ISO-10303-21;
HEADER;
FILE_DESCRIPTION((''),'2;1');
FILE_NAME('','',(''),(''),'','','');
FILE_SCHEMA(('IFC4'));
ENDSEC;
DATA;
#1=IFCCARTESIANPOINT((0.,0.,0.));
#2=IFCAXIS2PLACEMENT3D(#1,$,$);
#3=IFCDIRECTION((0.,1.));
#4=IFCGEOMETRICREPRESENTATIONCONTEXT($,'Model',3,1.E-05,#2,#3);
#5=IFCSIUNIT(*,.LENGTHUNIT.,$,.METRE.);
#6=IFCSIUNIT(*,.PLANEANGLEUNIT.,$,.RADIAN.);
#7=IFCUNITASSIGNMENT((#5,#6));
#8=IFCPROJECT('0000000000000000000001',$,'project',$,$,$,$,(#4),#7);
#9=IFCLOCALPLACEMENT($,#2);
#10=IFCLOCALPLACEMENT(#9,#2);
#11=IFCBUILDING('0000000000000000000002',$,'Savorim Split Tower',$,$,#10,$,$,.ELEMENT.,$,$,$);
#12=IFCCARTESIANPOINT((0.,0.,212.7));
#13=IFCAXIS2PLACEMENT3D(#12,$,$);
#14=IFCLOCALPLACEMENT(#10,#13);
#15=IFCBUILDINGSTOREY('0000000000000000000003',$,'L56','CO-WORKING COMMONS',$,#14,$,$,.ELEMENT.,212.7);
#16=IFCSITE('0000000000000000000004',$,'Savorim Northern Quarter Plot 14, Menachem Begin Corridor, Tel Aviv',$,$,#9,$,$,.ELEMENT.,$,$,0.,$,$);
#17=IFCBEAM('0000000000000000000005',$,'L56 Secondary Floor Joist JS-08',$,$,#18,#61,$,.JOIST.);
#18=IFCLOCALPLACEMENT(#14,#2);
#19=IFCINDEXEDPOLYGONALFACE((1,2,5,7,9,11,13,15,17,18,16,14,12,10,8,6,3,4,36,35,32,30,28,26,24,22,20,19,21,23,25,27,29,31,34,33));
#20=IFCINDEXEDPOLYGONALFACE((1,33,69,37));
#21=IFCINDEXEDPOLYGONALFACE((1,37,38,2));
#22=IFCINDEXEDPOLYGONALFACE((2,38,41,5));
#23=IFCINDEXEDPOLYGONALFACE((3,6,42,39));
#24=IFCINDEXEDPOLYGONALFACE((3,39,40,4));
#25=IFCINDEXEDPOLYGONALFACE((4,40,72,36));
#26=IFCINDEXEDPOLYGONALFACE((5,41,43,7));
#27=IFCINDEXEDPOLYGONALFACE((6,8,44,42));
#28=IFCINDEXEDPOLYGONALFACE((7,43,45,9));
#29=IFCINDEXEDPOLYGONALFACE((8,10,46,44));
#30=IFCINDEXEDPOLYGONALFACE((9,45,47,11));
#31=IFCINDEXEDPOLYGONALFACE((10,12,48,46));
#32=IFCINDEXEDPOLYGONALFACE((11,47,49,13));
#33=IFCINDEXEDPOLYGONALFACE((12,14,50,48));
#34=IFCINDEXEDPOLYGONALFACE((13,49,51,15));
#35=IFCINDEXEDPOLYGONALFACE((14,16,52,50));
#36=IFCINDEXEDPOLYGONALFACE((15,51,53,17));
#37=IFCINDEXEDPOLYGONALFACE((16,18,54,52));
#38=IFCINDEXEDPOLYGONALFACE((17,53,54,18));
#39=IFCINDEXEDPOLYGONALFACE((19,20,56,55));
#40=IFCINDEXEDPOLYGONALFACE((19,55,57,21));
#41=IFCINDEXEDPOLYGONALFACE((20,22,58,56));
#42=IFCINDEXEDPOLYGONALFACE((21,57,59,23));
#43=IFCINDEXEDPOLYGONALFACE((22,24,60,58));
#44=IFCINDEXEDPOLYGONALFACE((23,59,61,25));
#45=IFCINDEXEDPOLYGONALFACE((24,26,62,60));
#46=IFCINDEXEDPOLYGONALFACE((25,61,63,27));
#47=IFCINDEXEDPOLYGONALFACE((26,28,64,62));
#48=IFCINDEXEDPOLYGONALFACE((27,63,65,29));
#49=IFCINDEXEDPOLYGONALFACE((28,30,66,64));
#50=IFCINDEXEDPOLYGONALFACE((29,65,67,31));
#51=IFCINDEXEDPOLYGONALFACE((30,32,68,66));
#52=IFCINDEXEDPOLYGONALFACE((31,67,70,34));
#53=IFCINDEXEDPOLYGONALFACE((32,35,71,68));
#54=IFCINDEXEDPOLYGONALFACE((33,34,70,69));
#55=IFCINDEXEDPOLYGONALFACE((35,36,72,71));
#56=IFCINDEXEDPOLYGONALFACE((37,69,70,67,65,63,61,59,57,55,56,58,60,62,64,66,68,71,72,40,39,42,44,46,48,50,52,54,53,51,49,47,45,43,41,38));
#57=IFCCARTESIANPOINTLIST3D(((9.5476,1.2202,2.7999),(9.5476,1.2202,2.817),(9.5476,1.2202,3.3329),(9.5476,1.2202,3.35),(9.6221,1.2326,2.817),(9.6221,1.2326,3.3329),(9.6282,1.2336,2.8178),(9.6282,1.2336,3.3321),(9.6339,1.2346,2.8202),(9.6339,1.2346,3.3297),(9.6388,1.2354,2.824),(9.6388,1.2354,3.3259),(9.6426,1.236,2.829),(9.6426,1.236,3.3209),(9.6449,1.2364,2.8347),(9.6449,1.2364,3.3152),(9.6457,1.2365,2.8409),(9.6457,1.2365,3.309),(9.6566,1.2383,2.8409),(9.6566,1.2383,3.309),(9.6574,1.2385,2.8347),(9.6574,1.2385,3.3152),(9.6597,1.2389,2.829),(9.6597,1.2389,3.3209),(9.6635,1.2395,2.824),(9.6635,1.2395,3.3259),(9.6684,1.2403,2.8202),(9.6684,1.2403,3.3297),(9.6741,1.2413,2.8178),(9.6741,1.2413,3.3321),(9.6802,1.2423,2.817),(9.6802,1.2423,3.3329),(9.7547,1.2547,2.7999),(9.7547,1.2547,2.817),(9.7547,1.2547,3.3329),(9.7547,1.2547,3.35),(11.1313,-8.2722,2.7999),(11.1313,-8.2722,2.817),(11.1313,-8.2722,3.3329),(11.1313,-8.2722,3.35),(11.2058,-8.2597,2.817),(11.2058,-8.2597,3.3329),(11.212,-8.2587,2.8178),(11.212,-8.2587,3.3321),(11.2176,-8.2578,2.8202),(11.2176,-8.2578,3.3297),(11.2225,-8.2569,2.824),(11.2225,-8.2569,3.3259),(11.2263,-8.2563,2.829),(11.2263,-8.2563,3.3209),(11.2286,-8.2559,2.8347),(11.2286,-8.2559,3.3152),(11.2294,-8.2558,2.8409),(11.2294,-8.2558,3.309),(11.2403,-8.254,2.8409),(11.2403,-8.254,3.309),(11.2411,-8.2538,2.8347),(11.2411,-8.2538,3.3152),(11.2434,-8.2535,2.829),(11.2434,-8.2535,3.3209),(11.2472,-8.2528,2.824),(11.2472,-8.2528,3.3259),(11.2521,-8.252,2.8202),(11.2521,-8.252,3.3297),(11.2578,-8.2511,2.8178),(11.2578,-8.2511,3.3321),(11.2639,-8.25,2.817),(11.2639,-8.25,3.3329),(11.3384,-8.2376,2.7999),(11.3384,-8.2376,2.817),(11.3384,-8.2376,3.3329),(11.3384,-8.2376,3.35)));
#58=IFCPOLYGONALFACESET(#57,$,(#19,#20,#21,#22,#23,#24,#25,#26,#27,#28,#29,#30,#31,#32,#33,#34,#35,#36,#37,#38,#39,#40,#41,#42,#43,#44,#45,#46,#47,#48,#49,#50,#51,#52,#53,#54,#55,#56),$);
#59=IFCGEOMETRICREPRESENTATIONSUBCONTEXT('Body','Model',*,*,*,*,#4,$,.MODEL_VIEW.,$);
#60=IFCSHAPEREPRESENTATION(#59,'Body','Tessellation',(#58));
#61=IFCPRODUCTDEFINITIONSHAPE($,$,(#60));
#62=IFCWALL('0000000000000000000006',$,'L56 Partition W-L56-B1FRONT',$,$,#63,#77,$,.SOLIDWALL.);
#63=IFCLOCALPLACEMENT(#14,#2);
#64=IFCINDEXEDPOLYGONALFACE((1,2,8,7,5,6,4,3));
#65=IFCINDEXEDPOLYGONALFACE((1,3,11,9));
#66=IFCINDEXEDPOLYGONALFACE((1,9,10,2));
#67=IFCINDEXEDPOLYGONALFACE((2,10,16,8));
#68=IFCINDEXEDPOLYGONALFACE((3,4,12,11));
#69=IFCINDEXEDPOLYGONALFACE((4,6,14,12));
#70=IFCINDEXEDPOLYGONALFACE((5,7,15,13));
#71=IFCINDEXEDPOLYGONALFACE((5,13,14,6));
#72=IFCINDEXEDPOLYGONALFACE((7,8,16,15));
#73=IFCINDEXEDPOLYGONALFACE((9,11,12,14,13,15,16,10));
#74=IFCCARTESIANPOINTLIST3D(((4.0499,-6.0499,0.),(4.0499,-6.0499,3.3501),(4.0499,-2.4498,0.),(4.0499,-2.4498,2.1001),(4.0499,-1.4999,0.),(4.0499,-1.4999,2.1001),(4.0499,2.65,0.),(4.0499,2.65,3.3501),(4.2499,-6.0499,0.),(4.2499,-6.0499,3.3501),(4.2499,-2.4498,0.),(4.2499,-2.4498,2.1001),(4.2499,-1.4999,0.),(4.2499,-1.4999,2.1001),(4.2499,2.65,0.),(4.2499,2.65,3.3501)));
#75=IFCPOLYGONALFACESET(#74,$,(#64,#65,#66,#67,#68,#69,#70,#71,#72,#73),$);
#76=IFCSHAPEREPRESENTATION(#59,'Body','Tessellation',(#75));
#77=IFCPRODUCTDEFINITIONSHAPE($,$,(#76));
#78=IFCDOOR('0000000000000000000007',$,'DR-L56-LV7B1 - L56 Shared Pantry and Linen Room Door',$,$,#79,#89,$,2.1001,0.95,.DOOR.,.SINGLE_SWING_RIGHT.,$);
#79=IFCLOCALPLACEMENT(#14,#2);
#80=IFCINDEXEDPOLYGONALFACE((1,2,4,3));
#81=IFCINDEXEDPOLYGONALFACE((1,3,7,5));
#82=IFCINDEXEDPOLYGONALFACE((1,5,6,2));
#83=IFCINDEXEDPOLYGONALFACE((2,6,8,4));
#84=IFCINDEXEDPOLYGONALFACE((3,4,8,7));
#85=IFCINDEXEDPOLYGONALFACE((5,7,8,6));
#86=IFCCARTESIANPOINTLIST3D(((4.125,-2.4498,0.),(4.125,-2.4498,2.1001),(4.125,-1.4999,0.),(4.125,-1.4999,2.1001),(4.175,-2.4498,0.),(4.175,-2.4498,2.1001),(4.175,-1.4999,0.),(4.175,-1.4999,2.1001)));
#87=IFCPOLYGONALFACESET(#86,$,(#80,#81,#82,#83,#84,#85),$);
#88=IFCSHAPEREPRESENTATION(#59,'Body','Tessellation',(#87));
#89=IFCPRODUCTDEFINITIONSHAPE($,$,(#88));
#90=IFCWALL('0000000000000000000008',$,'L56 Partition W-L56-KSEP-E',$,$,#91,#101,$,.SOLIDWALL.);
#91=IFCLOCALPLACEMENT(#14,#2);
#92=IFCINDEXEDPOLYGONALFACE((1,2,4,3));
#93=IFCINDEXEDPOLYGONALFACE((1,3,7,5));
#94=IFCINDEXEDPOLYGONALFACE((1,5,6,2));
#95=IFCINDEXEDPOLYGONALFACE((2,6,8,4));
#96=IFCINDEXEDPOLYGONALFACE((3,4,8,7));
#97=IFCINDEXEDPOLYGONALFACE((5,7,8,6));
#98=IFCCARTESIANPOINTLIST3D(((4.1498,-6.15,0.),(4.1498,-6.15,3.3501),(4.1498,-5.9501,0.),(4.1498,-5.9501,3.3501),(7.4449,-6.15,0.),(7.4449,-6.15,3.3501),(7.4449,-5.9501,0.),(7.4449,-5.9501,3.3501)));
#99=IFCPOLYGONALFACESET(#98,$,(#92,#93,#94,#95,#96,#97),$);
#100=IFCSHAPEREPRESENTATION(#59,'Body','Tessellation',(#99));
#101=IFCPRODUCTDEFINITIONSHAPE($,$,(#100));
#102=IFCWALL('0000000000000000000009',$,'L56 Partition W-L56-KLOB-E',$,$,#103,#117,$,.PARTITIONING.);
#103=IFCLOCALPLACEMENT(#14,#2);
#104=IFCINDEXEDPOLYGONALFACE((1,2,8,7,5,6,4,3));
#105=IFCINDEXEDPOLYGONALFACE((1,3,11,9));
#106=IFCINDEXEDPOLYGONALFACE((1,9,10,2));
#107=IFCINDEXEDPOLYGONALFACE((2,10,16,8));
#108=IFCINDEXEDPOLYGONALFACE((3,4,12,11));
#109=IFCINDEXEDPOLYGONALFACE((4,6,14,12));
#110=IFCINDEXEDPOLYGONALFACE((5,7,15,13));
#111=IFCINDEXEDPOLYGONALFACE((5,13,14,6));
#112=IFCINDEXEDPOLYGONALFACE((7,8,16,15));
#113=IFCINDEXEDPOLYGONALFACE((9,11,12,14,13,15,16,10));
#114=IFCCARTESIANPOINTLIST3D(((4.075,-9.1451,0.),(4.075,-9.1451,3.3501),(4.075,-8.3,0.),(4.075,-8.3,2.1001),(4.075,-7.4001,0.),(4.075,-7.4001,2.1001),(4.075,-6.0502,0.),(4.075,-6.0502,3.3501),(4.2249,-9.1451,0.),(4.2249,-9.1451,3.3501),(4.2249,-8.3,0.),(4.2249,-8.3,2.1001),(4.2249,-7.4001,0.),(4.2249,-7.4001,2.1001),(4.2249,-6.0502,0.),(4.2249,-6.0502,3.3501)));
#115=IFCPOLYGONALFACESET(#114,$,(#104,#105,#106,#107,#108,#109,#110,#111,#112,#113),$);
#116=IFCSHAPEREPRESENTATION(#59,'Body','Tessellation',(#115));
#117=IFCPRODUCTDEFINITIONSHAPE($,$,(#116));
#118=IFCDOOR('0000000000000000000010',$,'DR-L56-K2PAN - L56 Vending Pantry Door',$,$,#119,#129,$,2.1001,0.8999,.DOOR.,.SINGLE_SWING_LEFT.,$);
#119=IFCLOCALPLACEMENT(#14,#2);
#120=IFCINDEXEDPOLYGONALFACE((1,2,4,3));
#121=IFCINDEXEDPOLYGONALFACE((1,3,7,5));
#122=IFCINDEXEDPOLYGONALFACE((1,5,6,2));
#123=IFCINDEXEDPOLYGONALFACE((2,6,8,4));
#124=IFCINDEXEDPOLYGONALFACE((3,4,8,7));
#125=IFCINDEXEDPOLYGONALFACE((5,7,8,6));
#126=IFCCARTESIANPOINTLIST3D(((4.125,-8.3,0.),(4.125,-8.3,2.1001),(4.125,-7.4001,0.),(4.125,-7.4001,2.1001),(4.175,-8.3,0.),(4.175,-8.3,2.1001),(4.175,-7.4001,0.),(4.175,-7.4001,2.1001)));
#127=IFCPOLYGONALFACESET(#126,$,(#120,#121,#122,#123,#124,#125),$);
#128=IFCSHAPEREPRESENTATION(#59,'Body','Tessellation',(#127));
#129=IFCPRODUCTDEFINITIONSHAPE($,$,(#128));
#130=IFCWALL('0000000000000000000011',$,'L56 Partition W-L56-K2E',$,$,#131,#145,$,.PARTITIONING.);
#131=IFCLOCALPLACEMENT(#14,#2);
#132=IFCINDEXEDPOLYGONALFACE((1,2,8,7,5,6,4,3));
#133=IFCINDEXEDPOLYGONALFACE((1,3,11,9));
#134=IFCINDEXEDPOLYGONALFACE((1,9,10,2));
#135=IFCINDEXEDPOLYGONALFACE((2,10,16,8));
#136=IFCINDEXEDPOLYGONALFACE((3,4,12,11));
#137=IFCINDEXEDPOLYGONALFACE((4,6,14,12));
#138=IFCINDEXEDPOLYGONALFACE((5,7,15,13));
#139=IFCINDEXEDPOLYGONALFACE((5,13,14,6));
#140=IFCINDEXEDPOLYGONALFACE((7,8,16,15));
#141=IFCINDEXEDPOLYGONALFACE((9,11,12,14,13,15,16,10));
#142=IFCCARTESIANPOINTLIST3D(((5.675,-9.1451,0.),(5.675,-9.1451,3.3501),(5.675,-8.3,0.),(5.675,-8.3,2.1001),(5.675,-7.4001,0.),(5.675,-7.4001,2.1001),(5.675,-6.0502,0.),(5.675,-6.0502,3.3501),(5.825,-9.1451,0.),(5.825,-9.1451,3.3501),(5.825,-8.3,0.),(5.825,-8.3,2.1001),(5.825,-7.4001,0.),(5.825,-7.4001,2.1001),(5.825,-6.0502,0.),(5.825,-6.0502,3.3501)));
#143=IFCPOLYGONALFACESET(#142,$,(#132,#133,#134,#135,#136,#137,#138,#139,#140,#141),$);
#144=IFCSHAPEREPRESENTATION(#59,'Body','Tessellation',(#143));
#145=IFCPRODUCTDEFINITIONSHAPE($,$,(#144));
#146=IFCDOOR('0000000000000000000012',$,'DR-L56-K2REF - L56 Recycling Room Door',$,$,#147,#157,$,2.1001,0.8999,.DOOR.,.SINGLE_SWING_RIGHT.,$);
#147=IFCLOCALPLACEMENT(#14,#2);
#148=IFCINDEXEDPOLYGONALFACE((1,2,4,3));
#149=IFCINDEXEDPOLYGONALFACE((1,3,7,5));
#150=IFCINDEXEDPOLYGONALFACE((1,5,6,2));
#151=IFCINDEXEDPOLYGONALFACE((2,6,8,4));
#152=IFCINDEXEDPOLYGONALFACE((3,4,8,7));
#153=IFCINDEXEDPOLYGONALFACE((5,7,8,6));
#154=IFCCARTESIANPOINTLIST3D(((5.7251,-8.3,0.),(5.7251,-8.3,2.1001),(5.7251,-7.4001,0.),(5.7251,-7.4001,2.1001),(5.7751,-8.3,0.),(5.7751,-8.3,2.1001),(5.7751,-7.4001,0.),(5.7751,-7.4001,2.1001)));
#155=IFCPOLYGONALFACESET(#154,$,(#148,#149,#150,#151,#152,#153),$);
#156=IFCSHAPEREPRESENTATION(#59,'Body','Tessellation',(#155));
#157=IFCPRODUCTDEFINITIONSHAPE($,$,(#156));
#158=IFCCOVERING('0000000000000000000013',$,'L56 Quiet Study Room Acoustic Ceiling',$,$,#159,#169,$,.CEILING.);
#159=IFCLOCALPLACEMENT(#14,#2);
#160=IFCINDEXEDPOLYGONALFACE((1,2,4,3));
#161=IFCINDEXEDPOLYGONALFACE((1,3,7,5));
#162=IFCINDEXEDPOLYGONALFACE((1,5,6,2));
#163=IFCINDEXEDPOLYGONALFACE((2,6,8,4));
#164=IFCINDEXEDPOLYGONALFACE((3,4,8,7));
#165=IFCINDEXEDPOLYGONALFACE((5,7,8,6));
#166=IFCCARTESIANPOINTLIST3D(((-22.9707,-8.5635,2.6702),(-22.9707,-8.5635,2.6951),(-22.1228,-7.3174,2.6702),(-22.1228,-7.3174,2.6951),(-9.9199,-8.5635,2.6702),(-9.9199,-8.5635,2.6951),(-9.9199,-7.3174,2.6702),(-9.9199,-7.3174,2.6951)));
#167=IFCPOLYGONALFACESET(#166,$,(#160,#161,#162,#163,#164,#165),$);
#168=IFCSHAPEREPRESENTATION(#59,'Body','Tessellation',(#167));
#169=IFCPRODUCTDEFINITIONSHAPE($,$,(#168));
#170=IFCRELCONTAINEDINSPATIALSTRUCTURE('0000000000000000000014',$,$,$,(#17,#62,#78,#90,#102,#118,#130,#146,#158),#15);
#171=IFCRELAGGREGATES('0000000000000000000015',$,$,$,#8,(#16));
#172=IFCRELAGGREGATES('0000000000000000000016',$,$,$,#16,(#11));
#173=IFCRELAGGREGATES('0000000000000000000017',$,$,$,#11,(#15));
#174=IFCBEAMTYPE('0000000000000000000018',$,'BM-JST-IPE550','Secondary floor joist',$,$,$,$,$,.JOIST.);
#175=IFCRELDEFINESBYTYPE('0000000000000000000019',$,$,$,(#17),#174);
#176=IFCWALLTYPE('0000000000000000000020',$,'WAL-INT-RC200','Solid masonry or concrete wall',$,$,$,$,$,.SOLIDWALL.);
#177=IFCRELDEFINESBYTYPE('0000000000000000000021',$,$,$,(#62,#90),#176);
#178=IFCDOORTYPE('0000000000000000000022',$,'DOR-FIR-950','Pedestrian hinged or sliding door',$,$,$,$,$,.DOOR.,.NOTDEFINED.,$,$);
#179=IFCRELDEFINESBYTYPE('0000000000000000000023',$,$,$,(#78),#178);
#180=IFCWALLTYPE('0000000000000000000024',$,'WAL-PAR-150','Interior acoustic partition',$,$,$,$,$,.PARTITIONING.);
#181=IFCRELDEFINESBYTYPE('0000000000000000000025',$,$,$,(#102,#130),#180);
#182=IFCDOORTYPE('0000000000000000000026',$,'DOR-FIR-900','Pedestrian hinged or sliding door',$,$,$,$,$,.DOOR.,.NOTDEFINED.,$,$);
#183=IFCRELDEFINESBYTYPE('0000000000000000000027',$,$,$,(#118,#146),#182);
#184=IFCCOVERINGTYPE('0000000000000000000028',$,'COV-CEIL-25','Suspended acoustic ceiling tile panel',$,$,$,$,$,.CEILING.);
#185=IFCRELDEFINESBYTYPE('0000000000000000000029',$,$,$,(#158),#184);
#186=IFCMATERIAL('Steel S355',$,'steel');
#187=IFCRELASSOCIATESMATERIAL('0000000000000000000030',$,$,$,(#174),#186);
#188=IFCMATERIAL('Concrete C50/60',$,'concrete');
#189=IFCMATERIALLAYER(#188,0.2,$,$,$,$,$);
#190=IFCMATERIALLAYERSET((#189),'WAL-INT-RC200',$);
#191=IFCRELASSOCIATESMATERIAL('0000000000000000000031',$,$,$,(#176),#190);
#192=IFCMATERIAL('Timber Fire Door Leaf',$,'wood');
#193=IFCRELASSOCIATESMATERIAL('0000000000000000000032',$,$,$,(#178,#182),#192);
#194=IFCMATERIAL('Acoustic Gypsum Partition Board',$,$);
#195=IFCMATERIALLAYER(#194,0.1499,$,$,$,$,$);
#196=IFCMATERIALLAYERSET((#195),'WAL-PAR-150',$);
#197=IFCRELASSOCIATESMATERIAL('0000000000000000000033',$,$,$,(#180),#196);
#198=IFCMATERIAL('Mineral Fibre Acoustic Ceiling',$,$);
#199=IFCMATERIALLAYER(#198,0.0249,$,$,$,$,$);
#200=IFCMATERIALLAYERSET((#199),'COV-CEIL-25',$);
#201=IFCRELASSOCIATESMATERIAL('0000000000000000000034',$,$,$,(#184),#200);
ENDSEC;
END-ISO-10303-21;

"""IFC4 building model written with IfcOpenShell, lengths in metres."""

from ifc_helpers import new_model, si_unit, direction, frame, frame_2d, origin, origin_2d, place, context, subcontext, project, spatial, polyline, rectangle, i_section, outline, extrude, material, layer, layer_set, material_profile, profile_set, type_object, element, fill, save


model = new_model("IFC4")

# Units and contexts
model_context = context("Model", 3, precision=1e-05, world=origin(), true_north=direction((0.0, 1.0)))
body_context = subcontext(model_context, "Body", "Model", "MODEL_VIEW")
ifc_project = project(units=[si_unit("LENGTHUNIT", "METRE"), si_unit("PLANEANGLEUNIT", "RADIAN")], contexts=[model_context])

# Site, building, storey
site_placement = place(None, origin())
site = spatial("IfcSite", under=ifc_project, at=site_placement, Name="Savorim Northern Quarter Plot 14, Menachem Begin Corridor, Tel Aviv", CompositionType="ELEMENT", RefElevation=0.0)
building_placement = place(site_placement, origin())
building = spatial("IfcBuilding", under=site, at=building_placement, Name="Savorim Split Tower", CompositionType="ELEMENT")
storey_placement = place(building_placement, frame((0.0, 0.0, 212.7)))
storey = spatial("IfcBuildingStorey", under=building, at=storey_placement, Name="L56", Description="CO-WORKING COMMONS", CompositionType="ELEMENT", Elevation=212.7)

# Beam
ifc_material_1 = material(Name="Steel S355", Category="steel")
ifc_material_profile = material_profile(ifc_material_1, i_section(OverallWidth=0.21, OverallDepth=0.55, WebThickness=0.011, FlangeThickness=0.0171, FilletRadius=0.0239, at=origin_2d()), Name="IPE 550")
ifc_profile_set = profile_set([ifc_material_profile], Name="Steel S355")
beam_type = type_object("IfcBeamType", Name="BM-JST-IPE550", Description="Secondary floor joist", PredefinedType="JOIST", material=ifc_profile_set)
beam_placement = place(storey_placement, frame((11.2349, -8.2549, 3.075), z_axis=(-0.164568, 0.986366, 0.0), x_axis=(-0.986366, -0.164568, 0.0)))
element("IfcBeam", 1, at=beam_placement, inside=storey, type_object=beam_type, Name="L56 Secondary Floor Joist JS-08", PredefinedType="JOIST", context=body_context, shape_type="SweptSolid", body=[
    extrude(i_section(OverallWidth=0.21, OverallDepth=0.55, WebThickness=0.011, FlangeThickness=0.0171, FilletRadius=0.0239, at=origin_2d()), origin(), (0.0, 0.0, 1.0), 9.6235),
])

# Wall, opening, door
ifc_material_2 = material(Name="Concrete C50/60", Category="concrete")
ifc_layer_1 = layer(ifc_material_2, 0.2)
ifc_layer_set_1 = layer_set([ifc_layer_1], Name="WAL-INT-RC200")
wall_type_1 = type_object("IfcWallType", Name="WAL-INT-RC200", Description="Solid masonry or concrete wall", PredefinedType="SOLIDWALL", material=ifc_layer_set_1)
wall_1_placement = place(storey_placement, frame((4.1499, -6.05, 0.0), z_axis=(0.0, 0.0, 1.0), x_axis=(0.0, 1.0, 0.0)))
wall_1 = element("IfcWall", 2, at=wall_1_placement, inside=storey, type_object=wall_type_1, Name="L56 Partition W-L56-B1FRONT", PredefinedType="SOLIDWALL", context=body_context, shape_type="SweptSolid", body=[
    extrude(rectangle(XDim=8.7, YDim=0.2, at=frame_2d((4.3501, 0.0))), origin(), (0.0, 0.0, 1.0), 3.3501),
])
opening_1_placement = place(wall_1_placement, frame((3.6001, 0.0, 0.0)))
opening_1 = element("IfcOpeningElement", 3, at=opening_1_placement, cuts=wall_1, PredefinedType="OPENING", context=body_context, shape_type="SweptSolid", body=[
    extrude(rectangle(XDim=0.95, YDim=2.1001, at=frame_2d((0.4751, 1.05))), frame((0.0, 0.1099, 0.0), z_axis=(0.0, -1.0, 0.0), x_axis=(1.0, 0.0, 0.0)), (0.0, 0.0, 1.0), 0.22),
])
ifc_material_3 = material(Name="Timber Fire Door Leaf", Category="wood")
door_type_1 = type_object("IfcDoorType", Name="DOR-FIR-950", Description="Pedestrian hinged or sliding door", OperationType="NOTDEFINED", PredefinedType="DOOR", material=ifc_material_3)
door_1_placement = place(opening_1_placement, origin())
door_1 = element("IfcDoor", 4, at=door_1_placement, inside=storey, type_object=door_type_1, Name="DR-L56-LV7B1 - L56 Shared Pantry and Linen Room Door", OperationType="SINGLE_SWING_RIGHT", OverallHeight=2.1001, OverallWidth=0.95, PredefinedType="DOOR", context=body_context, shape_type="SweptSolid", body=[
    extrude(rectangle(XDim=0.95, YDim=2.1001, at=frame_2d((0.4751, 1.05))), frame((0.0, 0.0249, 0.0), z_axis=(0.0, -1.0, 0.0), x_axis=(1.0, 0.0, 0.0)), (0.0, 0.0, 1.0), 0.05),
])
fill(opening_1, door_1)

# Wall
wall_2_placement = place(storey_placement, frame((4.1499, -6.05, 0.0), z_axis=(0.0, 0.0, 1.0), x_axis=(1.0, 0.0, 0.0)))
element("IfcWall", 5, at=wall_2_placement, inside=storey, type_object=wall_type_1, Name="L56 Partition W-L56-KSEP-E", PredefinedType="SOLIDWALL", context=body_context, shape_type="SweptSolid", body=[
    extrude(rectangle(XDim=3.2952, YDim=0.2, at=frame_2d((1.6475, 0.0))), origin(), (0.0, 0.0, 1.0), 3.3501),
])

# Walls, openings, doors
ifc_material_4 = material(Name="Acoustic Gypsum Partition Board")
ifc_layer_2 = layer(ifc_material_4, 0.1499)
ifc_layer_set_2 = layer_set([ifc_layer_2], Name="WAL-PAR-150")
wall_type_2 = type_object("IfcWallType", Name="WAL-PAR-150", Description="Interior acoustic partition", PredefinedType="PARTITIONING", material=ifc_layer_set_2)
wall_3_placement = place(storey_placement, frame((4.1499, -9.145, 0.0), z_axis=(0.0, 0.0, 1.0), x_axis=(0.0, 1.0, 0.0)))
wall_3 = element("IfcWall", 6, at=wall_3_placement, inside=storey, type_object=wall_type_2, Name="L56 Partition W-L56-KLOB-E", PredefinedType="PARTITIONING", context=body_context, shape_type="SweptSolid", body=[
    extrude(rectangle(XDim=3.095, YDim=0.1499, at=frame_2d((1.5474, 0.0))), origin(), (0.0, 0.0, 1.0), 3.3501),
])
opening_2_placement = place(wall_3_placement, frame((0.845, 0.0, 0.0)))
opening_2 = element("IfcOpeningElement", 7, at=opening_2_placement, cuts=wall_3, PredefinedType="OPENING", context=body_context, shape_type="SweptSolid", body=[
    extrude(rectangle(XDim=0.8999, YDim=2.1001, at=frame_2d((0.45, 1.05))), frame((0.0, 0.085, 0.0), z_axis=(0.0, -1.0, 0.0), x_axis=(1.0, 0.0, 0.0)), (0.0, 0.0, 1.0), 0.1699),
])
door_type_2 = type_object("IfcDoorType", Name="DOR-FIR-900", Description="Pedestrian hinged or sliding door", OperationType="NOTDEFINED", PredefinedType="DOOR", material=ifc_material_3)
door_2_placement = place(opening_2_placement, origin())
door_2 = element("IfcDoor", 8, at=door_2_placement, inside=storey, type_object=door_type_2, Name="DR-L56-K2PAN - L56 Vending Pantry Door", OperationType="SINGLE_SWING_LEFT", OverallHeight=2.1001, OverallWidth=0.8999, PredefinedType="DOOR", context=body_context, shape_type="SweptSolid", body=[
    extrude(rectangle(XDim=0.8999, YDim=2.1001, at=frame_2d((0.45, 1.05))), frame((0.0, 0.0249, 0.0), z_axis=(0.0, -1.0, 0.0), x_axis=(1.0, 0.0, 0.0)), (0.0, 0.0, 1.0), 0.05),
])
fill(opening_2, door_2)
wall_4_placement = place(storey_placement, frame((5.75, -9.145, 0.0), z_axis=(0.0, 0.0, 1.0), x_axis=(0.0, 1.0, 0.0)))
wall_4 = element("IfcWall", 9, at=wall_4_placement, inside=storey, type_object=wall_type_2, Name="L56 Partition W-L56-K2E", PredefinedType="PARTITIONING", context=body_context, shape_type="SweptSolid", body=[
    extrude(rectangle(XDim=3.095, YDim=0.1499, at=frame_2d((1.5474, 0.0))), origin(), (0.0, 0.0, 1.0), 3.3501),
])
opening_3_placement = place(wall_4_placement, frame((0.845, 0.0, 0.0)))
opening_3 = element("IfcOpeningElement", 10, at=opening_3_placement, cuts=wall_4, PredefinedType="OPENING", context=body_context, shape_type="SweptSolid", body=[
    extrude(rectangle(XDim=0.8999, YDim=2.1001, at=frame_2d((0.45, 1.05))), frame((0.0, 0.085, 0.0), z_axis=(0.0, -1.0, 0.0), x_axis=(1.0, 0.0, 0.0)), (0.0, 0.0, 1.0), 0.1699),
])
door_3_placement = place(opening_3_placement, origin())
door_3 = element("IfcDoor", 11, at=door_3_placement, inside=storey, type_object=door_type_2, Name="DR-L56-K2REF - L56 Recycling Room Door", OperationType="SINGLE_SWING_RIGHT", OverallHeight=2.1001, OverallWidth=0.8999, PredefinedType="DOOR", context=body_context, shape_type="SweptSolid", body=[
    extrude(rectangle(XDim=0.8999, YDim=2.1001, at=frame_2d((0.45, 1.05))), frame((0.0, 0.0249, 0.0), z_axis=(0.0, -1.0, 0.0), x_axis=(1.0, 0.0, 0.0)), (0.0, 0.0, 1.0), 0.05),
])
fill(opening_3, door_3)

# Covering
ifc_material_5 = material(Name="Mineral Fibre Acoustic Ceiling")
ifc_layer_3 = layer(ifc_material_5, 0.0249)
ifc_layer_set_3 = layer_set([ifc_layer_3], Name="COV-CEIL-25")
covering_type_1 = type_object("IfcCoveringType", Name="COV-CEIL-25", Description="Suspended acoustic ceiling tile panel", PredefinedType="CEILING", material=ifc_layer_set_3)
covering_1_placement = place(storey_placement, frame((0.0, 0.0, 2.6702)))
element("IfcCovering", 12, at=covering_1_placement, inside=storey, type_object=covering_type_1, Name="L56 Quiet Study Room Acoustic Ceiling", PredefinedType="CEILING", context=body_context, shape_type="SweptSolid", body=[
    extrude(outline(polyline([(-9.9199, -8.5635), (-9.9199, -7.3174), (-22.1228, -7.3174), (-22.9707, -8.5635), (-9.9199, -8.5635)])), origin(), (0.0, 0.0, 1.0), 0.0249),
])

save(model, "model.ifc")
